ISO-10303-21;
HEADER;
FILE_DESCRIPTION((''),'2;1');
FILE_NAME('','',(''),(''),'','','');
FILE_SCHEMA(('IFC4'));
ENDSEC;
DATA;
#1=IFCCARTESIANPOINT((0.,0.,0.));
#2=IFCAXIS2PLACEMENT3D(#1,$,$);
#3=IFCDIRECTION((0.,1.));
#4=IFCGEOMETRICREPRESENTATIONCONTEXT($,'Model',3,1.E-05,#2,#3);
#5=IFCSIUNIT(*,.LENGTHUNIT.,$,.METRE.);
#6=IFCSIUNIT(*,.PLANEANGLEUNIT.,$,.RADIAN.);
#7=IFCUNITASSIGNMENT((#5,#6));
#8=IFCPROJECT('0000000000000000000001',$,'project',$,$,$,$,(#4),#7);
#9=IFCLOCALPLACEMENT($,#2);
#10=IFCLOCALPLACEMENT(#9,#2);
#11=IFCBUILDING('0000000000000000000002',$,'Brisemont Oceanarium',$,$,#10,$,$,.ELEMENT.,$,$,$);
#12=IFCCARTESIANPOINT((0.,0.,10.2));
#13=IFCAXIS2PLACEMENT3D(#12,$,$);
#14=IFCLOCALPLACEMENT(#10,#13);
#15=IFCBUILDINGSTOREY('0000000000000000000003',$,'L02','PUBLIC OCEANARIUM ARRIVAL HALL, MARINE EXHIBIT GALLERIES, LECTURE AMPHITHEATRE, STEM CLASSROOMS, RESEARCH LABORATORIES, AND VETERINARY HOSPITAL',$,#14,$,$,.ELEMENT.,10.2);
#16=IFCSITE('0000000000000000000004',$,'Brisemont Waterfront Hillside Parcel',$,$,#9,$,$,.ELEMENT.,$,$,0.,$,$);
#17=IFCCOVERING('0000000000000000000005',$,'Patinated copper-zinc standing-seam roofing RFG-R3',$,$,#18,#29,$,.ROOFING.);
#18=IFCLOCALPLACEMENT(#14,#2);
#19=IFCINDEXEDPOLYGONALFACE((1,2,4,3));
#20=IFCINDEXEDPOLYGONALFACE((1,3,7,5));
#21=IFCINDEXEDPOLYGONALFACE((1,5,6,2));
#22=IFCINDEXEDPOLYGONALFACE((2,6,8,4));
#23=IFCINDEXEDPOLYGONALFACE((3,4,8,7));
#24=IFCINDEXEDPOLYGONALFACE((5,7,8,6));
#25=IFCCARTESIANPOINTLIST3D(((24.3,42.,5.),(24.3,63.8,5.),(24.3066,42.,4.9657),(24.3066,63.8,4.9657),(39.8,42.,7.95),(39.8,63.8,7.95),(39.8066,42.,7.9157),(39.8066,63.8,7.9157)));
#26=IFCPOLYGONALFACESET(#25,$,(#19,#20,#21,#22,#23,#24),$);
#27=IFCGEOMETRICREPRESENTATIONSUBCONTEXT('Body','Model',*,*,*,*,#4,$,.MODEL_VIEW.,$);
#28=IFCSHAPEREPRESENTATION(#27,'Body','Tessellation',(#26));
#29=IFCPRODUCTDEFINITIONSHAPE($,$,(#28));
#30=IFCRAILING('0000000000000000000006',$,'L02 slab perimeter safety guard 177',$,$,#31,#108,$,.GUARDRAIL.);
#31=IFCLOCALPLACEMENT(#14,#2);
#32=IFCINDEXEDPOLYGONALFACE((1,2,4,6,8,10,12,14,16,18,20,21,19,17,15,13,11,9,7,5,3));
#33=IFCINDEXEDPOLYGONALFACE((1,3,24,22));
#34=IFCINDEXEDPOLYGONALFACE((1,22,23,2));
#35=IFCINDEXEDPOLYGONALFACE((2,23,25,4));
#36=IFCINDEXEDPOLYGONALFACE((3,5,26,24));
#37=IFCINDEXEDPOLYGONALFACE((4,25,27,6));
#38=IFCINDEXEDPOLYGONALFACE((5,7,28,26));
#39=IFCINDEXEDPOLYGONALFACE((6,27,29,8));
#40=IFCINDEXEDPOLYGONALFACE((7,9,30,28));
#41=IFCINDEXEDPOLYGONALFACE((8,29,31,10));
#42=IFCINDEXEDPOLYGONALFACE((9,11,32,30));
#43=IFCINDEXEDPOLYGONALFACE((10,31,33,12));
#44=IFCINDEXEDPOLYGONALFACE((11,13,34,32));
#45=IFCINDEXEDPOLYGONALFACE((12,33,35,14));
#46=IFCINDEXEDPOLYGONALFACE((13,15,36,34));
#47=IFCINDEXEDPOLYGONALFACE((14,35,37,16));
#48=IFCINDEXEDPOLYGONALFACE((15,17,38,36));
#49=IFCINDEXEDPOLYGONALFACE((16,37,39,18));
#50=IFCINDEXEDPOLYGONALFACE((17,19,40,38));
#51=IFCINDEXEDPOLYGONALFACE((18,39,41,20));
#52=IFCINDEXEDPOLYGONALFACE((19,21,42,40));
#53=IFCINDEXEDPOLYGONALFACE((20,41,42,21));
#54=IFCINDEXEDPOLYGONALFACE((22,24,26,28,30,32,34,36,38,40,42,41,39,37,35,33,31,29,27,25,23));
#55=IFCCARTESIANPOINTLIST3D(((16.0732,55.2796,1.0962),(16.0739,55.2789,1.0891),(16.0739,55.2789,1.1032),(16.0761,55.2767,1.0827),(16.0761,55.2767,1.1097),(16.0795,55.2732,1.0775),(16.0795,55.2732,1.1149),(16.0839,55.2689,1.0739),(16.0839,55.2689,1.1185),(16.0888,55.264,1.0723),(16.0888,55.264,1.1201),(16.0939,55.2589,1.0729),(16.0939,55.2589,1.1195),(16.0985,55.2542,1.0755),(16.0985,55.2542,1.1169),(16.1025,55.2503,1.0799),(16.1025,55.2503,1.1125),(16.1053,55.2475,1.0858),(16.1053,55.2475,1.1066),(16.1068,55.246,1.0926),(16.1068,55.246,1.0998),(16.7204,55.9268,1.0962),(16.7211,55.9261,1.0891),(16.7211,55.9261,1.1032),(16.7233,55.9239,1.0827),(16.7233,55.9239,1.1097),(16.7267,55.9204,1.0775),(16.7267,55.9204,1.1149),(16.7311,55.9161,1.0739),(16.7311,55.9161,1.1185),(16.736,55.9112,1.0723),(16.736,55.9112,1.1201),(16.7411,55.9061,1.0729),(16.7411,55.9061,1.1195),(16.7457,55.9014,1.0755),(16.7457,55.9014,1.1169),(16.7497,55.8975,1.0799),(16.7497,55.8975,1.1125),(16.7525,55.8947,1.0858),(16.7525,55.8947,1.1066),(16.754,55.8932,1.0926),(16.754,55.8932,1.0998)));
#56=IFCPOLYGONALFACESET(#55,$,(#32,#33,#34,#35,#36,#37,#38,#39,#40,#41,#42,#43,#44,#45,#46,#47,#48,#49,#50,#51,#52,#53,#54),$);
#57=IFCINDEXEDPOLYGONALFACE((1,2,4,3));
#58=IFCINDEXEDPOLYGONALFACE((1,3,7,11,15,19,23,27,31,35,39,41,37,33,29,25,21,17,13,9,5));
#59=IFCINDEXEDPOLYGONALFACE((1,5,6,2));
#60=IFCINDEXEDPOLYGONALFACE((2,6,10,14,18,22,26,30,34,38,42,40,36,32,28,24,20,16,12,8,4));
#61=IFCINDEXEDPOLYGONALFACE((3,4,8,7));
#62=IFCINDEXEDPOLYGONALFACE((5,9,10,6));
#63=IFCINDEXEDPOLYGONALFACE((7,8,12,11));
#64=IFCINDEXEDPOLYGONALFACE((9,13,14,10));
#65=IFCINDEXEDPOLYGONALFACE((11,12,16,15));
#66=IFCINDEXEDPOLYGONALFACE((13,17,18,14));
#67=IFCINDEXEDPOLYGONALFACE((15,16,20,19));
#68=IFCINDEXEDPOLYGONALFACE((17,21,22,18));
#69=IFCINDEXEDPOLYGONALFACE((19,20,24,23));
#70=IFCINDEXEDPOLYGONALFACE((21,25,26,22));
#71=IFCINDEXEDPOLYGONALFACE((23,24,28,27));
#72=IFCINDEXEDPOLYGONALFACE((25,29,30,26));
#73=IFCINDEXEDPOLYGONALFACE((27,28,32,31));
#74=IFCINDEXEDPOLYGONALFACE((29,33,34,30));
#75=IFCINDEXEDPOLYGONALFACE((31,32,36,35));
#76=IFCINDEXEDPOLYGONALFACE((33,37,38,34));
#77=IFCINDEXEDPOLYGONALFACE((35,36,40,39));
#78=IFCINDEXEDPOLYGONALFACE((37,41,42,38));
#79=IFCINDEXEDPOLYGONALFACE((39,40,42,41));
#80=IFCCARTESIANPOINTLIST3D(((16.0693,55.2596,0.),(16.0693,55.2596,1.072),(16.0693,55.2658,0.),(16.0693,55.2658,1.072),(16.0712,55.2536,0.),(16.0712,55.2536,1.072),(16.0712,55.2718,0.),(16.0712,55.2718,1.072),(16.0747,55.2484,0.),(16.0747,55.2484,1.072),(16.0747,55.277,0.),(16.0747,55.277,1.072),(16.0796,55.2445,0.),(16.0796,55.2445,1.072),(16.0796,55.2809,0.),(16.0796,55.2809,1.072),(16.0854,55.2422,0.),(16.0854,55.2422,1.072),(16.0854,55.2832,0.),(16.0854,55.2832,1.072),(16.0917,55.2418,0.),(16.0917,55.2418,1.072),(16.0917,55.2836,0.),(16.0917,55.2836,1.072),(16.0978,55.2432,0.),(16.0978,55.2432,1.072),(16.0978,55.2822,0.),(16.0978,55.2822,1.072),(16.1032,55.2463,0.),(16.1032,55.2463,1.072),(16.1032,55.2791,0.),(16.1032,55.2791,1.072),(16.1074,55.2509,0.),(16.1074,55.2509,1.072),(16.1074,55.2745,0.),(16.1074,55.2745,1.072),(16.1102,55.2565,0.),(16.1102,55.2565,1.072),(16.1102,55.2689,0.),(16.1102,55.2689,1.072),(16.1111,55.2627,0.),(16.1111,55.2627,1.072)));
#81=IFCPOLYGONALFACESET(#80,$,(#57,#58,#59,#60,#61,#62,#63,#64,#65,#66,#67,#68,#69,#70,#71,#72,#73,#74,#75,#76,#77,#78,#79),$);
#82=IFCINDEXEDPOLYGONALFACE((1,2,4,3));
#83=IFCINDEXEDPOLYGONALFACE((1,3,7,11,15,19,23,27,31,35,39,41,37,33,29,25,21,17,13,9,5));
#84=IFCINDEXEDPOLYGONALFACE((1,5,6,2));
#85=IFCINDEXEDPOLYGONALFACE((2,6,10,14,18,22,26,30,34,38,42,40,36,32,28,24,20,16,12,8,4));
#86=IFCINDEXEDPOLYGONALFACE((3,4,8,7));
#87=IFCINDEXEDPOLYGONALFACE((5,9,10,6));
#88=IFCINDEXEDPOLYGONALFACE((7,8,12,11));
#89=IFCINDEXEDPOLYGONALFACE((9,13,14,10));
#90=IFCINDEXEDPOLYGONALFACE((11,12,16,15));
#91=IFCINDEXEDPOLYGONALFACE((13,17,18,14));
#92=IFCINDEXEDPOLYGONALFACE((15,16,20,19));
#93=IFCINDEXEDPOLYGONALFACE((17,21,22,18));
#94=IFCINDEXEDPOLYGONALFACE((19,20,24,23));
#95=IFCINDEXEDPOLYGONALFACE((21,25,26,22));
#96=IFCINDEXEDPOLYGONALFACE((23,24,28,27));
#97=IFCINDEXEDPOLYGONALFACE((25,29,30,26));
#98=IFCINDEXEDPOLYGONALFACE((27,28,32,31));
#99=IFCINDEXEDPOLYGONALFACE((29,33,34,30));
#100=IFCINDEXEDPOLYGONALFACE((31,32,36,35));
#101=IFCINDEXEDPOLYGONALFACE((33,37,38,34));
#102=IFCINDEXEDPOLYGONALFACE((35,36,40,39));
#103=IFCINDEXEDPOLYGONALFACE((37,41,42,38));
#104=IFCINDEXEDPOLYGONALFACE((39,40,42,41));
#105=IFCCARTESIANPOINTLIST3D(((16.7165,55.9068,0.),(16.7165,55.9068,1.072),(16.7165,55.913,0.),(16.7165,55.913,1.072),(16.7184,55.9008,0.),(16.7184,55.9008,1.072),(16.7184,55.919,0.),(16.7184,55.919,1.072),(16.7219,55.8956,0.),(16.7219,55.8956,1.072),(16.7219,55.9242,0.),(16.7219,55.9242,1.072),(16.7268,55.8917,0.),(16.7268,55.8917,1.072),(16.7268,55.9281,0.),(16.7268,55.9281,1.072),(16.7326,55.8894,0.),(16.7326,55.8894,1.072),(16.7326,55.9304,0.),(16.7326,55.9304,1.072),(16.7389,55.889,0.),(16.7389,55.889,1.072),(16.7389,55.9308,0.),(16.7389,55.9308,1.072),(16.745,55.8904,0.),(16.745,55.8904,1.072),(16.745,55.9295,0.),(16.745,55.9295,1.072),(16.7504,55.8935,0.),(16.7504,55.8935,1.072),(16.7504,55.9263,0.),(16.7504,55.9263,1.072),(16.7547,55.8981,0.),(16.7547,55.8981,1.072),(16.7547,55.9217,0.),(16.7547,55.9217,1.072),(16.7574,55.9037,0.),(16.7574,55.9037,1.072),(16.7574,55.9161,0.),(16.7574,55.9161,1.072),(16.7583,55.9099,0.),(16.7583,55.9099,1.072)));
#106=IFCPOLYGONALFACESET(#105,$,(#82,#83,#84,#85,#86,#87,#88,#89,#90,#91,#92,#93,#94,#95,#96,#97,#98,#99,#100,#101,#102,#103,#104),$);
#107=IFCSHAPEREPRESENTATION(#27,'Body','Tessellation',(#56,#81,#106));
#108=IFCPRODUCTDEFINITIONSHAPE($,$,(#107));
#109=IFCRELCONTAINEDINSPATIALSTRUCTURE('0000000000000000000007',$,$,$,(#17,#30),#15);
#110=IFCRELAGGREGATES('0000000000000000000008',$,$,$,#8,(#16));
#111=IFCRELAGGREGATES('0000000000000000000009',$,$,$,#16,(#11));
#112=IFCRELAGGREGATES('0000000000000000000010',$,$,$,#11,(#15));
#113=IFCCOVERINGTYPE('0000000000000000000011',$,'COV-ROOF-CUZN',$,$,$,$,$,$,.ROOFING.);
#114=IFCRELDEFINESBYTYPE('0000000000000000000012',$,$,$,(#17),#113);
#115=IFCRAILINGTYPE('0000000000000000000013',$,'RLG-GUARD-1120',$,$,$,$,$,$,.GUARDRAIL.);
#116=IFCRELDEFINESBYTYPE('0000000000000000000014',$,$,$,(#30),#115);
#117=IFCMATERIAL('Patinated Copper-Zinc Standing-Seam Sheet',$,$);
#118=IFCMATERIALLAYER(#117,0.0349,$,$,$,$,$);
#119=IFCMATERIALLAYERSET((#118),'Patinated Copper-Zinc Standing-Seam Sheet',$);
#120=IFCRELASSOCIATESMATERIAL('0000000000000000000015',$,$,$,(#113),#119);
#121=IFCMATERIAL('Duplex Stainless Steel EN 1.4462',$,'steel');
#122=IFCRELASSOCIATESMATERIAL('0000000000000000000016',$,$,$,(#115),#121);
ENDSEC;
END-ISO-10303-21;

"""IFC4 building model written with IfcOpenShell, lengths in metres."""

from ifc_helpers import new_model, si_unit, direction, frame, origin, origin_2d, place, context, subcontext, project, spatial, polyline, circle, outline, extrude, material, layer, layer_set, type_object, element, save


model = new_model("IFC4")

# Units and contexts
model_context = context("Model", 3, precision=1e-05, world=origin(), true_north=direction((0.0, 1.0)))
body_context = subcontext(model_context, "Body", "Model", "MODEL_VIEW")
ifc_project = project(units=[si_unit("LENGTHUNIT", "METRE"), si_unit("PLANEANGLEUNIT", "RADIAN")], contexts=[model_context])

# Site, building, storey
site_placement = place(None, origin())
site = spatial("IfcSite", under=ifc_project, at=site_placement, Name="Brisemont Waterfront Hillside Parcel", CompositionType="ELEMENT", RefElevation=0.0)
building_placement = place(site_placement, origin())
building = spatial("IfcBuilding", under=site, at=building_placement, Name="Brisemont Oceanarium", CompositionType="ELEMENT")
storey_placement = place(building_placement, frame((0.0, 0.0, 10.2)))
storey = spatial("IfcBuildingStorey", under=building, at=storey_placement, Name="L02", Description="PUBLIC OCEANARIUM ARRIVAL HALL, MARINE EXHIBIT GALLERIES, LECTURE AMPHITHEATRE, STEM CLASSROOMS, RESEARCH LABORATORIES, AND VETERINARY HOSPITAL", CompositionType="ELEMENT", Elevation=10.2)

# Covering
ifc_material_1 = material(Name="Patinated Copper-Zinc Standing-Seam Sheet")
ifc_layer_1 = layer(ifc_material_1, 0.0349)
ifc_layer_set_1 = layer_set([ifc_layer_1], Name="Patinated Copper-Zinc Standing-Seam Sheet")
covering_type = type_object("IfcCoveringType", Name="COV-ROOF-CUZN", PredefinedType="ROOFING", material=ifc_layer_set_1)
covering_placement = place(storey_placement, frame((24.3, 42.0, 5.0), z_axis=(-0.186964, 0.0, 0.982367), x_axis=(0.982367, 0.0, 0.186964)))
element("IfcCovering", 1, at=covering_placement, inside=storey, type_object=covering_type, Name="Patinated copper-zinc standing-seam roofing RFG-R3", PredefinedType="ROOFING", context=body_context, shape_type="SweptSolid", body=[
    extrude(outline(polyline([(0.0, 0.0), (15.7782, 0.0), (15.7782, 21.8), (0.0, 21.8), (0.0, 0.0)])), origin(), (0.0, 0.0, -1.0), 0.0349),
])

# Railing
ifc_material_2 = material(Name="Duplex Stainless Steel EN 1.4462", Category="steel")
railing_type = type_object("IfcRailingType", Name="RLG-GUARD-1120", PredefinedType="GUARDRAIL", material=ifc_material_2)
railing_1_placement = place(storey_placement, frame((16.0901, 55.2627, 0.0)))
element("IfcRailing", 2, at=railing_1_placement, inside=storey, type_object=railing_type, Name="L02 slab perimeter safety guard 177", PredefinedType="GUARDRAIL", context=body_context, shape_type="SweptSolid", body=[
    extrude(circle(Radius=0.0239, at=origin_2d()), frame((0.0, 0.0, 1.0962), z_axis=(0.707107, 0.707107, 0.0), x_axis=(-0.707107, 0.707107, 0.0)), (0.0, 0.0, 1.0), 0.9153),
    extrude(circle(Radius=0.021, at=origin_2d()), origin(), (0.0, 0.0, 1.0), 1.072),
    extrude(circle(Radius=0.021, at=origin_2d()), frame((0.6472, 0.6472, 0.0)), (0.0, 0.0, 1.0), 1.072),
])

save(model, "model.ifc")
